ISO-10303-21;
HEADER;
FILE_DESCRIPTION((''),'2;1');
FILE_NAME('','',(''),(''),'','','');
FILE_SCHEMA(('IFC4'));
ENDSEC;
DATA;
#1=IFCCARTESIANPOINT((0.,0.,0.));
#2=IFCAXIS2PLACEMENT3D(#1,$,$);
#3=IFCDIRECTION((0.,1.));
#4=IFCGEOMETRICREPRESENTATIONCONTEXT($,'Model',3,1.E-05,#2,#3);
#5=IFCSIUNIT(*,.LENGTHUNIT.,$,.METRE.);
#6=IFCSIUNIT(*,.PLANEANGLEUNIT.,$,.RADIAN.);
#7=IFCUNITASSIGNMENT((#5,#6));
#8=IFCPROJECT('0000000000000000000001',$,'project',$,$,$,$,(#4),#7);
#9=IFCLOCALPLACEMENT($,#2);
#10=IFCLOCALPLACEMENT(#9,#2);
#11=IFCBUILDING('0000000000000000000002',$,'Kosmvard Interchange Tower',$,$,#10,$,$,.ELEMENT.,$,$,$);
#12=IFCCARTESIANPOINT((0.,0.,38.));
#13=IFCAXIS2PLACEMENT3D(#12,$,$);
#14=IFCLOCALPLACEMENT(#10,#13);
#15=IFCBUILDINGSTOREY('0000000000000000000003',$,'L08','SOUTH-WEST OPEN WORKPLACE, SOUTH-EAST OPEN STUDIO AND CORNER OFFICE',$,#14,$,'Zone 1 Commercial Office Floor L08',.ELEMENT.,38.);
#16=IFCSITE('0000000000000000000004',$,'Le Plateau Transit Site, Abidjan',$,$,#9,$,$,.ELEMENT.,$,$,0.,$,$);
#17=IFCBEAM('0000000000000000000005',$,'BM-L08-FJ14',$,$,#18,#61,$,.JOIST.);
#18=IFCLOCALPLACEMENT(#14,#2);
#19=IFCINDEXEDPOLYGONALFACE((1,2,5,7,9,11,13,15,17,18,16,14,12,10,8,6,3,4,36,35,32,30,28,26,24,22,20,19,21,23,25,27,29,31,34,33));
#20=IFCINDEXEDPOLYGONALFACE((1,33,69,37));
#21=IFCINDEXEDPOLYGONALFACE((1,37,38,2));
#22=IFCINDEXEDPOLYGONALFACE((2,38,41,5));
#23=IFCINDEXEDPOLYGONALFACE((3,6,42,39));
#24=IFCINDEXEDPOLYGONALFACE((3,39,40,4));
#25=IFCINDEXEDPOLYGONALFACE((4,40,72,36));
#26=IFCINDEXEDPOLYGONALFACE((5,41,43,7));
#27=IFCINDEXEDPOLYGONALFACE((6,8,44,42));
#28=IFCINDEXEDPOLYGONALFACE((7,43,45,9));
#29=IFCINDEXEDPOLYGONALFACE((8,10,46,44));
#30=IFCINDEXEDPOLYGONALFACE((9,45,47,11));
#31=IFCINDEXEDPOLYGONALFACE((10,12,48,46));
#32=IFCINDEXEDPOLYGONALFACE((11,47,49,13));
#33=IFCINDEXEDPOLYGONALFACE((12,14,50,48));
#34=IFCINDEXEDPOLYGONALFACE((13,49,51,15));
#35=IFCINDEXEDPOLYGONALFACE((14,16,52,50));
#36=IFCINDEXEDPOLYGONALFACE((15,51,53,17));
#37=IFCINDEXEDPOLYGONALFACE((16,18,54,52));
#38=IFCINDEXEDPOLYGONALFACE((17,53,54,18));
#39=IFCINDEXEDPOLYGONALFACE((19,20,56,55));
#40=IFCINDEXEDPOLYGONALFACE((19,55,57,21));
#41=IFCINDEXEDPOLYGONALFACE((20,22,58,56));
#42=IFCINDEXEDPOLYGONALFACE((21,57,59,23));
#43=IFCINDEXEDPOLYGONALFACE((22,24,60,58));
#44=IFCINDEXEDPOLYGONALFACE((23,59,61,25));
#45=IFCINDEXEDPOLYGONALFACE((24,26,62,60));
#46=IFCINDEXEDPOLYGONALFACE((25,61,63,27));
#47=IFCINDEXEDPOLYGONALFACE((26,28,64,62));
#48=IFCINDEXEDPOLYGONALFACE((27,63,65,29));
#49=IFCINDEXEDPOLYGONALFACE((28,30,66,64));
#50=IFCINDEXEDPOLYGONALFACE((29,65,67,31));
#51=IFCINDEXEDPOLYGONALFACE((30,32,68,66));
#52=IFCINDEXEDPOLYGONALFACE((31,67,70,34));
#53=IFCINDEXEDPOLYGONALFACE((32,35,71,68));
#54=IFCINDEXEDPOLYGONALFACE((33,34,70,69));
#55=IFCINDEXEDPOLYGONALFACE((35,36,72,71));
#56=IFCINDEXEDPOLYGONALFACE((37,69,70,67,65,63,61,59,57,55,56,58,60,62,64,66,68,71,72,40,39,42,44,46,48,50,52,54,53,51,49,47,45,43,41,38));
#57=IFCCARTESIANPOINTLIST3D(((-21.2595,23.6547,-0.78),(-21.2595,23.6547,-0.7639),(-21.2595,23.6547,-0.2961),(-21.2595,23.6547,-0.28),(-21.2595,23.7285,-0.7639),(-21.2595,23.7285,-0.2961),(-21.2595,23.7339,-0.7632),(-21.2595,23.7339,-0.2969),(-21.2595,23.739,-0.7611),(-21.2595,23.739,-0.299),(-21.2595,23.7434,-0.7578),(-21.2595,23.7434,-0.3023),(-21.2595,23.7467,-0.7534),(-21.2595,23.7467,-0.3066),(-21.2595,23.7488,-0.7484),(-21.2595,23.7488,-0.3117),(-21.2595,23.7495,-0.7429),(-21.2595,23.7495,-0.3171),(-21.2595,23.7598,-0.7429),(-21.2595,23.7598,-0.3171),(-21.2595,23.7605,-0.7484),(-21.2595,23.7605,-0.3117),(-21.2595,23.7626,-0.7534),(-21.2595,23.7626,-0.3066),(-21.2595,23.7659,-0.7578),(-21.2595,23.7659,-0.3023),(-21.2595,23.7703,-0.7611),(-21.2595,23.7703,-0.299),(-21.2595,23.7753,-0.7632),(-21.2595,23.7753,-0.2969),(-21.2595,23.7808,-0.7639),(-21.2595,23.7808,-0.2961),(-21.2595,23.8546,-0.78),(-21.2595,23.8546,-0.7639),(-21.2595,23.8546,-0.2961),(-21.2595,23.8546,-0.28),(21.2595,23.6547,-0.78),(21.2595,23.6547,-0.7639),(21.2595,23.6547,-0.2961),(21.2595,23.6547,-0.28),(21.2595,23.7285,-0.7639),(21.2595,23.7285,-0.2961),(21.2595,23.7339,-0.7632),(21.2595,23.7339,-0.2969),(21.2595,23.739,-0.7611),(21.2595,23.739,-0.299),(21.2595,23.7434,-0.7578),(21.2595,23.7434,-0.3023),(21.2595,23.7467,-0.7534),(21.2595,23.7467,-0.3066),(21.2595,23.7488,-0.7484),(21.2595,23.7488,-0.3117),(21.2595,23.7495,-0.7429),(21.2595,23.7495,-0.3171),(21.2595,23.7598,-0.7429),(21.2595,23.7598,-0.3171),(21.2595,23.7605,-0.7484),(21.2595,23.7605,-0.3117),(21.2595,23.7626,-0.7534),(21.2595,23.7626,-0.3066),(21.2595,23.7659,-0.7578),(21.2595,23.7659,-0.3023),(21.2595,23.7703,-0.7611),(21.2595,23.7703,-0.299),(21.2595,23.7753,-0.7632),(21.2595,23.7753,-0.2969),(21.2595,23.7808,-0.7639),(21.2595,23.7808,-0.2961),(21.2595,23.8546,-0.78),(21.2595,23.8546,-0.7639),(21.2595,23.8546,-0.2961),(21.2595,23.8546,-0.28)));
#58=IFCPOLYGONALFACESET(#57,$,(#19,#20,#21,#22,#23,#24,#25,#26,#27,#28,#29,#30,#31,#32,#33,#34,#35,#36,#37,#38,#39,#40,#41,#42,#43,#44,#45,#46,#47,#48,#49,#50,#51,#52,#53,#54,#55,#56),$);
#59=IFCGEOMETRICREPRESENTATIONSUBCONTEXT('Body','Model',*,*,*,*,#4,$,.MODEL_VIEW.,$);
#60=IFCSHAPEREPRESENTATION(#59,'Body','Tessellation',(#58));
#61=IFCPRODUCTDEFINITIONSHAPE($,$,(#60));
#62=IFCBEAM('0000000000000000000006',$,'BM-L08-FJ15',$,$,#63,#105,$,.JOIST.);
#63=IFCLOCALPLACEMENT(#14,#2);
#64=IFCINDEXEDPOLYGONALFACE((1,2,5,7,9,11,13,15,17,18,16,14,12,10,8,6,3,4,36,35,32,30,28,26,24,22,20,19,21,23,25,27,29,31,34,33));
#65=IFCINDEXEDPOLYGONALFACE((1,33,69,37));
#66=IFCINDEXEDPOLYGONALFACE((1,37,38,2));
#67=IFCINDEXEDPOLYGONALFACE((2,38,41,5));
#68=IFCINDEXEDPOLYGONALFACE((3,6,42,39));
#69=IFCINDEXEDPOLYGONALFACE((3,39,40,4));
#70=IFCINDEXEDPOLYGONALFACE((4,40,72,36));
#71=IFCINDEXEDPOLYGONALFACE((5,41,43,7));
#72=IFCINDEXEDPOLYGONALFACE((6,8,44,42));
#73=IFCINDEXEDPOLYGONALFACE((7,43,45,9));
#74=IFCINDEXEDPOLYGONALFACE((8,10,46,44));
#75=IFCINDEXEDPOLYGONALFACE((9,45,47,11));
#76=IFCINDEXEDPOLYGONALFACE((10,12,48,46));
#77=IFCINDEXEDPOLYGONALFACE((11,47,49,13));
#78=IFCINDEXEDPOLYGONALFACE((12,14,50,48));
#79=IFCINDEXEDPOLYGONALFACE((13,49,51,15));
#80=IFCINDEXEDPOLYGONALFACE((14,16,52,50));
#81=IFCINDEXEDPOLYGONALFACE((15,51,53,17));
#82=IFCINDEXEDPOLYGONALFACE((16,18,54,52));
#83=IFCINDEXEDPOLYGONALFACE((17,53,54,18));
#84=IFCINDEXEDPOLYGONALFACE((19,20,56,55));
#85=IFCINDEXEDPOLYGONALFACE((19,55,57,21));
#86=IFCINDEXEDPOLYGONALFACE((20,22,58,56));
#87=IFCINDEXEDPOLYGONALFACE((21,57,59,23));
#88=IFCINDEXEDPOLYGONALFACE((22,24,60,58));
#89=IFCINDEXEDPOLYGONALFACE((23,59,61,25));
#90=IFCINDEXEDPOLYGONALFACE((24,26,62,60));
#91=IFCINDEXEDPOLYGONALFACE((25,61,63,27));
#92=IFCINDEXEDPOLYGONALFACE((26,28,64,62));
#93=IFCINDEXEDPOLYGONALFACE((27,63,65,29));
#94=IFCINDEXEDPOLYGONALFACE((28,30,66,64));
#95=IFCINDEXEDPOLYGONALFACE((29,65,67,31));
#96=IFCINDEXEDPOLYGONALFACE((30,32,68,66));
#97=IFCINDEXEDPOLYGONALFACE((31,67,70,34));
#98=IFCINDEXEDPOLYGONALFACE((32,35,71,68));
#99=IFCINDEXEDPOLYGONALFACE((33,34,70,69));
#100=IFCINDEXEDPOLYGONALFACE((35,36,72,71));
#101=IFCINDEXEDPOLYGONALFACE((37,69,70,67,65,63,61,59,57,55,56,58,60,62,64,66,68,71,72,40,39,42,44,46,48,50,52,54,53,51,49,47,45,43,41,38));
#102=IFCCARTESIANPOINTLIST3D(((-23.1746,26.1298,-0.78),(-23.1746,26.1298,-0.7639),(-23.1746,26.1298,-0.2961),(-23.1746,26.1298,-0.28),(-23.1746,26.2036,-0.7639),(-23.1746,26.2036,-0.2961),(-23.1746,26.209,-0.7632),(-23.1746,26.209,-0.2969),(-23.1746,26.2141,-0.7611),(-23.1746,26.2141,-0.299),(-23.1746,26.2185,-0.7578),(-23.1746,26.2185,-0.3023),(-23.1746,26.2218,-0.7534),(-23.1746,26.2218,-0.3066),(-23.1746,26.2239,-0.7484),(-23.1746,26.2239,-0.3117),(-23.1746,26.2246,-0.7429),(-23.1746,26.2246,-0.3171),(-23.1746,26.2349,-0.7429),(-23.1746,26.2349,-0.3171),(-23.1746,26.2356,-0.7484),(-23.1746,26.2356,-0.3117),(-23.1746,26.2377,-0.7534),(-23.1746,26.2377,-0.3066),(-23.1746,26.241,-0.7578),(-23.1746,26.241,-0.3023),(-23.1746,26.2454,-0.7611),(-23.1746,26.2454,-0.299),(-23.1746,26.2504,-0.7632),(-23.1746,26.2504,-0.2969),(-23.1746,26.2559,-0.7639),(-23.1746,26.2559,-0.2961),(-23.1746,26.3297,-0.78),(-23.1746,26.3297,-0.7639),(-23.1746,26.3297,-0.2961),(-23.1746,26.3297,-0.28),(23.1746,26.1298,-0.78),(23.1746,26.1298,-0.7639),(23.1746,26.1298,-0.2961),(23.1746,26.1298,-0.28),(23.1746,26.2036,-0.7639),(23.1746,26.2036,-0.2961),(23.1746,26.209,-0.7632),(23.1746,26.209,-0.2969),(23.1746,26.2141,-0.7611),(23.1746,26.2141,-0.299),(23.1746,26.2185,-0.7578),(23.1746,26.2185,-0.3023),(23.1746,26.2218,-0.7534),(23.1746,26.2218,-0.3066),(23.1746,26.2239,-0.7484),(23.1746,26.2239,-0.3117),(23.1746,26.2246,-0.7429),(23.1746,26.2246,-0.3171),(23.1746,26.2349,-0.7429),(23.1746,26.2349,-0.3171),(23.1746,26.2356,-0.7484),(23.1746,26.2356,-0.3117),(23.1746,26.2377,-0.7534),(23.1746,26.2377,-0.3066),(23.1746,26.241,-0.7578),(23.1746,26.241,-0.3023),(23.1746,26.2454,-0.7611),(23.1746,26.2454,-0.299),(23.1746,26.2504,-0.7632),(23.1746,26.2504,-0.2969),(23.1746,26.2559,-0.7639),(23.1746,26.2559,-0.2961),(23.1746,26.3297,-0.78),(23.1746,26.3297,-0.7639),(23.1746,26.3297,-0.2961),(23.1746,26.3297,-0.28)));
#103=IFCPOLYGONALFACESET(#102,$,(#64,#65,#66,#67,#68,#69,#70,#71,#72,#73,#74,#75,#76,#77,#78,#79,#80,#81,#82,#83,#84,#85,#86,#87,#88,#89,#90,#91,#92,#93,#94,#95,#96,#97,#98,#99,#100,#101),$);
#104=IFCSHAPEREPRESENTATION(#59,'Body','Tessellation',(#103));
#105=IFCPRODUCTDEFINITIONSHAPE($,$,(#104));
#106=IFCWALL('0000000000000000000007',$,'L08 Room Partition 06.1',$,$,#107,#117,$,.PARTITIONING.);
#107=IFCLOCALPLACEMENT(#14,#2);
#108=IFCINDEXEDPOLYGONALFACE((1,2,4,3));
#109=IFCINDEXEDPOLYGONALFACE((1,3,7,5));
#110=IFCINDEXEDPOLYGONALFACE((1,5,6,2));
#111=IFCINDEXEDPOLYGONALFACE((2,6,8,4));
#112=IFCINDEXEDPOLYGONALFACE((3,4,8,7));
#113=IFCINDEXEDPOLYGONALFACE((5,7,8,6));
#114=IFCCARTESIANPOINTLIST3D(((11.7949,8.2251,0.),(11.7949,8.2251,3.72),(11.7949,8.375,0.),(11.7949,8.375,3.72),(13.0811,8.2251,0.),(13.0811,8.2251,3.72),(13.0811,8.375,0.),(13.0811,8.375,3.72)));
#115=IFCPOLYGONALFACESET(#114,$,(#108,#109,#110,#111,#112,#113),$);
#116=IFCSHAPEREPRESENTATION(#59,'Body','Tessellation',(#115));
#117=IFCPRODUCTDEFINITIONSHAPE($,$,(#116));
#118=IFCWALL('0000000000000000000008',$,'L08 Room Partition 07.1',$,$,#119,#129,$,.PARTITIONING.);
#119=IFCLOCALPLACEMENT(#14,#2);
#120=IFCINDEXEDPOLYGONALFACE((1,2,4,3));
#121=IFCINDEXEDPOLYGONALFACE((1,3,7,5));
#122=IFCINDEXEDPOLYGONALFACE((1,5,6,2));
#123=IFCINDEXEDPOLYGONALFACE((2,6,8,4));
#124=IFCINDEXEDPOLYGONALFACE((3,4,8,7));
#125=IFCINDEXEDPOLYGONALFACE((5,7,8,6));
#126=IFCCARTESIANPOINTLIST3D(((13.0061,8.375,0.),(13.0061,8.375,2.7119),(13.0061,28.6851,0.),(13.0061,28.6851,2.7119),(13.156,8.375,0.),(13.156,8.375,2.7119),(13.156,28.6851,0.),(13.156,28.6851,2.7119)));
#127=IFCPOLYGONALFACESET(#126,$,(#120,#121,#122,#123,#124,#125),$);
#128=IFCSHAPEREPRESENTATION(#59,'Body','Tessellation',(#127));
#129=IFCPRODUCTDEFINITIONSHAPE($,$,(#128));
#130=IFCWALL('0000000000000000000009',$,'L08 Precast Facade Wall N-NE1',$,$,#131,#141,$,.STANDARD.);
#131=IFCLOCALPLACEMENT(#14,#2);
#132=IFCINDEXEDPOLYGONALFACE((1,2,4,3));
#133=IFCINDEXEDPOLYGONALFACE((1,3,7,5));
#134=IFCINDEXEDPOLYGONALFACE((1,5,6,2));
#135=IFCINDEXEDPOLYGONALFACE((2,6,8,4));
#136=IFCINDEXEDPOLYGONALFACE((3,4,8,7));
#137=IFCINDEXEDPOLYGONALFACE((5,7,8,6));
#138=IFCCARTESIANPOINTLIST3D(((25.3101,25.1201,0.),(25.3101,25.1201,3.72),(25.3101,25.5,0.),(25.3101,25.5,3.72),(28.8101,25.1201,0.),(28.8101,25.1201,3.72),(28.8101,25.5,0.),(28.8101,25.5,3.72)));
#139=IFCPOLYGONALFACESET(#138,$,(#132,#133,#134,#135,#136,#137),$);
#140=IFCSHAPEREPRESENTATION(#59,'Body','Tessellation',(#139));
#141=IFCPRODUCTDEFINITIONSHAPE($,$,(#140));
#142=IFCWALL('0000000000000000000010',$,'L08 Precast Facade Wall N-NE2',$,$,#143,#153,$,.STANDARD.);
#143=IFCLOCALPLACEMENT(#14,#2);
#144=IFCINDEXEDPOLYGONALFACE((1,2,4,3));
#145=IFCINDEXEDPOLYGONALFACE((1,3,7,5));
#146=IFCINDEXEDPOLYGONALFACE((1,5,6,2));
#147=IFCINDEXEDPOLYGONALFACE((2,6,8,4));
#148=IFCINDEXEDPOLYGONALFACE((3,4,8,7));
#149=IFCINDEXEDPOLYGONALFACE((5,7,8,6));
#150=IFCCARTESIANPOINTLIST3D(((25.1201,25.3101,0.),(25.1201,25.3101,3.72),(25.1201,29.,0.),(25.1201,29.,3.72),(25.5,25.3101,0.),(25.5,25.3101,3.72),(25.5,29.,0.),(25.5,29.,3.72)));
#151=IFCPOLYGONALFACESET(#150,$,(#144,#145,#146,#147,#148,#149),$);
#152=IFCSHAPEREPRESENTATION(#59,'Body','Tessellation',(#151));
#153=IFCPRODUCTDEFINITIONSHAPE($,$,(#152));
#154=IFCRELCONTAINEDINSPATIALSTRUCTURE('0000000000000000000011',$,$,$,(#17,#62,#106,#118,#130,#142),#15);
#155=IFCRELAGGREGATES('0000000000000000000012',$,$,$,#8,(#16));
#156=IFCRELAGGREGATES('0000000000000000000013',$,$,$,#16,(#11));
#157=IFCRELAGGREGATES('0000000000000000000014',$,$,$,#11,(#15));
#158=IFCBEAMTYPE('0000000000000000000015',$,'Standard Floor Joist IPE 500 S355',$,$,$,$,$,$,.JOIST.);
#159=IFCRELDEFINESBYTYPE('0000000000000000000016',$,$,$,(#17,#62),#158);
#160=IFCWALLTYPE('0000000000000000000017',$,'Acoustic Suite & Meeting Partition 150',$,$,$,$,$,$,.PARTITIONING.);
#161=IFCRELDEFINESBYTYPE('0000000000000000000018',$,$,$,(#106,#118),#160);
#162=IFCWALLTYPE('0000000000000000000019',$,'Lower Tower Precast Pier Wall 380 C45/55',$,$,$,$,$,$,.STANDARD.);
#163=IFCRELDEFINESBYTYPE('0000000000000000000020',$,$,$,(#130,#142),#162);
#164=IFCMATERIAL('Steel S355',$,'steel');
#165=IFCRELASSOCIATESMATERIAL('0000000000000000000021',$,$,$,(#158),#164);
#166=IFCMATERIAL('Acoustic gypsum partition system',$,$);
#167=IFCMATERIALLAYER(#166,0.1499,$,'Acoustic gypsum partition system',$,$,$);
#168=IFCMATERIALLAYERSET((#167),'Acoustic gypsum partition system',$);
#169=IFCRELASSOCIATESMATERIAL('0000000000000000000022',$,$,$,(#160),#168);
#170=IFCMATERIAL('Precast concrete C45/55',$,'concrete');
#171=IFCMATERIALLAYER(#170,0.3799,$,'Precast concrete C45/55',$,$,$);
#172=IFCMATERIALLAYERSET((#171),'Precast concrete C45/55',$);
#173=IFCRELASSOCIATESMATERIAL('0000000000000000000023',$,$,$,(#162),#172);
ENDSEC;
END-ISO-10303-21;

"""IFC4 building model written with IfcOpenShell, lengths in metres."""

from ifc_helpers import new_model, si_unit, direction, frame, frame_2d, origin, origin_2d, place, context, subcontext, project, spatial, rectangle, i_section, extrude, source, transform, mapped, material, layer, layer_set, material_profile, profile_set, type_object, element, save


model = new_model("IFC4")

# Units and contexts
model_context = context("Model", 3, precision=1e-05, world=origin(), true_north=direction((0.0, 1.0)))
body_context = subcontext(model_context, "Body", "Model", "MODEL_VIEW")
ifc_project = project(units=[si_unit("LENGTHUNIT", "METRE"), si_unit("PLANEANGLEUNIT", "RADIAN")], contexts=[model_context])

# Site, building, storey
site_placement = place(None, origin())
site = spatial("IfcSite", under=ifc_project, at=site_placement, Name="Le Plateau Transit Site, Abidjan", CompositionType="ELEMENT", RefElevation=0.0)
building_placement = place(site_placement, origin())
building = spatial("IfcBuilding", under=site, at=building_placement, Name="Kosmvard Interchange Tower", CompositionType="ELEMENT")
storey_placement = place(building_placement, frame((0.0, 0.0, 38.0)))
storey = spatial("IfcBuildingStorey", under=building, at=storey_placement, Name="L08", Description="SOUTH-WEST OPEN WORKPLACE, SOUTH-EAST OPEN STUDIO AND CORNER OFFICE", LongName="Zone 1 Commercial Office Floor L08", CompositionType="ELEMENT", Elevation=38.0)

# Beams
ifc_material_1 = material(Name="Steel S355", Category="steel")
ifc_material_2 = material(Name="Precast concrete C45/55", Category="concrete")
ifc_material_profile_1 = material_profile(ifc_material_1, i_section(OverallWidth=0.2, OverallDepth=0.5, WebThickness=0.0103, FlangeThickness=0.0161, FilletRadius=0.021, at=origin_2d()), Name="IPE 500")
ifc_profile_set_1 = profile_set([ifc_material_profile_1], Name="Steel S355")
beam_type_1 = type_object("IfcBeamType", Name="Standard Floor Joist IPE 500 S355", PredefinedType="JOIST", material=ifc_profile_set_1)
shared_shape_1 = source(origin(), body_context, "Body", "SweptSolid", [
    extrude(i_section(OverallWidth=0.2, OverallDepth=0.5, WebThickness=0.0103, FlangeThickness=0.0161, FilletRadius=0.021, at=origin_2d()), origin(), (0.0, 0.0, 1.0), 42.519),
])
beam_1_placement = place(storey_placement, frame((21.2595, 23.7546, -0.53), z_axis=(-1.0, 0.0, 0.0), x_axis=(0.0, -1.0, 0.0)))
element("IfcBeam", 1, at=beam_1_placement, inside=storey, type_object=beam_type_1, Name="BM-L08-FJ14", PredefinedType="JOIST", context=body_context, shape_type="MappedRepresentation", body=[
    mapped(shared_shape_1, transform((0.0, 0.0, 0.0), scale=1.0)),
])
shared_shape_2 = source(origin(), body_context, "Body", "SweptSolid", [
    extrude(i_section(OverallWidth=0.2, OverallDepth=0.5, WebThickness=0.0103, FlangeThickness=0.0161, FilletRadius=0.021, at=origin_2d()), origin(), (0.0, 0.0, 1.0), 46.3491),
])
beam_2_placement = place(storey_placement, frame((23.1746, 26.2297, -0.53), z_axis=(-1.0, 0.0, 0.0), x_axis=(0.0, -1.0, 0.0)))
element("IfcBeam", 2, at=beam_2_placement, inside=storey, type_object=beam_type_1, Name="BM-L08-FJ15", PredefinedType="JOIST", context=body_context, shape_type="MappedRepresentation", body=[
    mapped(shared_shape_2, transform((0.0, 0.0, 0.0), scale=1.0)),
])

# Walls
ifc_material_3 = material(Name="Acoustic gypsum partition system")
ifc_layer_1 = layer(ifc_material_3, 0.1499, Name="Acoustic gypsum partition system")
ifc_layer_set_1 = layer_set([ifc_layer_1], Name="Acoustic gypsum partition system")
wall_type_1 = type_object("IfcWallType", Name="Acoustic Suite & Meeting Partition 150", PredefinedType="PARTITIONING", material=ifc_layer_set_1)
wall_1_placement = place(storey_placement, frame((11.7949, 8.3, 0.0), z_axis=(0.0, 0.0, 1.0), x_axis=(1.0, 0.0, 0.0)))
element("IfcWall", 3, at=wall_1_placement, inside=storey, type_object=wall_type_1, Name="L08 Room Partition 06.1", PredefinedType="PARTITIONING", context=body_context, shape_type="SweptSolid", body=[
    extrude(rectangle(XDim=1.2861, YDim=0.1499, at=frame_2d((0.6431, 0.0))), origin(), (0.0, 0.0, 1.0), 3.72),
])
wall_2_placement = place(storey_placement, frame((13.0811, 8.375, 0.0), z_axis=(0.0, 0.0, 1.0), x_axis=(0.0, 1.0, 0.0)))
element("IfcWall", 4, at=wall_2_placement, inside=storey, type_object=wall_type_1, Name="L08 Room Partition 07.1", PredefinedType="PARTITIONING", context=body_context, shape_type="SweptSolid", body=[
    extrude(rectangle(XDim=20.3101, YDim=0.1499, at=frame_2d((10.155, 0.0))), origin(), (0.0, 0.0, 1.0), 2.7119),
])
ifc_layer_2 = layer(ifc_material_2, 0.3799, Name="Precast concrete C45/55")
ifc_layer_set_2 = layer_set([ifc_layer_2], Name="Precast concrete C45/55")
wall_type_2 = type_object("IfcWallType", Name="Lower Tower Precast Pier Wall 380 C45/55", PredefinedType="STANDARD", material=ifc_layer_set_2)
wall_3_placement = place(storey_placement, frame((28.8101, 25.3101, 0.0), z_axis=(0.0, 0.0, 1.0), x_axis=(-1.0, 0.0, 0.0)))
element("IfcWall", 5, at=wall_3_placement, inside=storey, type_object=wall_type_2, Name="L08 Precast Facade Wall N-NE1", PredefinedType="STANDARD", context=body_context, shape_type="SweptSolid", body=[
    extrude(rectangle(XDim=3.5, YDim=0.3799, at=frame_2d((1.75, 0.0))), origin(), (0.0, 0.0, 1.0), 3.72),
])
wall_4_placement = place(storey_placement, frame((25.3101, 25.3101, 0.0), z_axis=(0.0, 0.0, 1.0), x_axis=(0.0, 1.0, 0.0)))
element("IfcWall", 6, at=wall_4_placement, inside=storey, type_object=wall_type_2, Name="L08 Precast Facade Wall N-NE2", PredefinedType="STANDARD", context=body_context, shape_type="SweptSolid", body=[
    extrude(rectangle(XDim=3.6899, YDim=0.3799, at=frame_2d((1.845, 0.0))), origin(), (0.0, 0.0, 1.0), 3.72),
])

save(model, "model.ifc")
